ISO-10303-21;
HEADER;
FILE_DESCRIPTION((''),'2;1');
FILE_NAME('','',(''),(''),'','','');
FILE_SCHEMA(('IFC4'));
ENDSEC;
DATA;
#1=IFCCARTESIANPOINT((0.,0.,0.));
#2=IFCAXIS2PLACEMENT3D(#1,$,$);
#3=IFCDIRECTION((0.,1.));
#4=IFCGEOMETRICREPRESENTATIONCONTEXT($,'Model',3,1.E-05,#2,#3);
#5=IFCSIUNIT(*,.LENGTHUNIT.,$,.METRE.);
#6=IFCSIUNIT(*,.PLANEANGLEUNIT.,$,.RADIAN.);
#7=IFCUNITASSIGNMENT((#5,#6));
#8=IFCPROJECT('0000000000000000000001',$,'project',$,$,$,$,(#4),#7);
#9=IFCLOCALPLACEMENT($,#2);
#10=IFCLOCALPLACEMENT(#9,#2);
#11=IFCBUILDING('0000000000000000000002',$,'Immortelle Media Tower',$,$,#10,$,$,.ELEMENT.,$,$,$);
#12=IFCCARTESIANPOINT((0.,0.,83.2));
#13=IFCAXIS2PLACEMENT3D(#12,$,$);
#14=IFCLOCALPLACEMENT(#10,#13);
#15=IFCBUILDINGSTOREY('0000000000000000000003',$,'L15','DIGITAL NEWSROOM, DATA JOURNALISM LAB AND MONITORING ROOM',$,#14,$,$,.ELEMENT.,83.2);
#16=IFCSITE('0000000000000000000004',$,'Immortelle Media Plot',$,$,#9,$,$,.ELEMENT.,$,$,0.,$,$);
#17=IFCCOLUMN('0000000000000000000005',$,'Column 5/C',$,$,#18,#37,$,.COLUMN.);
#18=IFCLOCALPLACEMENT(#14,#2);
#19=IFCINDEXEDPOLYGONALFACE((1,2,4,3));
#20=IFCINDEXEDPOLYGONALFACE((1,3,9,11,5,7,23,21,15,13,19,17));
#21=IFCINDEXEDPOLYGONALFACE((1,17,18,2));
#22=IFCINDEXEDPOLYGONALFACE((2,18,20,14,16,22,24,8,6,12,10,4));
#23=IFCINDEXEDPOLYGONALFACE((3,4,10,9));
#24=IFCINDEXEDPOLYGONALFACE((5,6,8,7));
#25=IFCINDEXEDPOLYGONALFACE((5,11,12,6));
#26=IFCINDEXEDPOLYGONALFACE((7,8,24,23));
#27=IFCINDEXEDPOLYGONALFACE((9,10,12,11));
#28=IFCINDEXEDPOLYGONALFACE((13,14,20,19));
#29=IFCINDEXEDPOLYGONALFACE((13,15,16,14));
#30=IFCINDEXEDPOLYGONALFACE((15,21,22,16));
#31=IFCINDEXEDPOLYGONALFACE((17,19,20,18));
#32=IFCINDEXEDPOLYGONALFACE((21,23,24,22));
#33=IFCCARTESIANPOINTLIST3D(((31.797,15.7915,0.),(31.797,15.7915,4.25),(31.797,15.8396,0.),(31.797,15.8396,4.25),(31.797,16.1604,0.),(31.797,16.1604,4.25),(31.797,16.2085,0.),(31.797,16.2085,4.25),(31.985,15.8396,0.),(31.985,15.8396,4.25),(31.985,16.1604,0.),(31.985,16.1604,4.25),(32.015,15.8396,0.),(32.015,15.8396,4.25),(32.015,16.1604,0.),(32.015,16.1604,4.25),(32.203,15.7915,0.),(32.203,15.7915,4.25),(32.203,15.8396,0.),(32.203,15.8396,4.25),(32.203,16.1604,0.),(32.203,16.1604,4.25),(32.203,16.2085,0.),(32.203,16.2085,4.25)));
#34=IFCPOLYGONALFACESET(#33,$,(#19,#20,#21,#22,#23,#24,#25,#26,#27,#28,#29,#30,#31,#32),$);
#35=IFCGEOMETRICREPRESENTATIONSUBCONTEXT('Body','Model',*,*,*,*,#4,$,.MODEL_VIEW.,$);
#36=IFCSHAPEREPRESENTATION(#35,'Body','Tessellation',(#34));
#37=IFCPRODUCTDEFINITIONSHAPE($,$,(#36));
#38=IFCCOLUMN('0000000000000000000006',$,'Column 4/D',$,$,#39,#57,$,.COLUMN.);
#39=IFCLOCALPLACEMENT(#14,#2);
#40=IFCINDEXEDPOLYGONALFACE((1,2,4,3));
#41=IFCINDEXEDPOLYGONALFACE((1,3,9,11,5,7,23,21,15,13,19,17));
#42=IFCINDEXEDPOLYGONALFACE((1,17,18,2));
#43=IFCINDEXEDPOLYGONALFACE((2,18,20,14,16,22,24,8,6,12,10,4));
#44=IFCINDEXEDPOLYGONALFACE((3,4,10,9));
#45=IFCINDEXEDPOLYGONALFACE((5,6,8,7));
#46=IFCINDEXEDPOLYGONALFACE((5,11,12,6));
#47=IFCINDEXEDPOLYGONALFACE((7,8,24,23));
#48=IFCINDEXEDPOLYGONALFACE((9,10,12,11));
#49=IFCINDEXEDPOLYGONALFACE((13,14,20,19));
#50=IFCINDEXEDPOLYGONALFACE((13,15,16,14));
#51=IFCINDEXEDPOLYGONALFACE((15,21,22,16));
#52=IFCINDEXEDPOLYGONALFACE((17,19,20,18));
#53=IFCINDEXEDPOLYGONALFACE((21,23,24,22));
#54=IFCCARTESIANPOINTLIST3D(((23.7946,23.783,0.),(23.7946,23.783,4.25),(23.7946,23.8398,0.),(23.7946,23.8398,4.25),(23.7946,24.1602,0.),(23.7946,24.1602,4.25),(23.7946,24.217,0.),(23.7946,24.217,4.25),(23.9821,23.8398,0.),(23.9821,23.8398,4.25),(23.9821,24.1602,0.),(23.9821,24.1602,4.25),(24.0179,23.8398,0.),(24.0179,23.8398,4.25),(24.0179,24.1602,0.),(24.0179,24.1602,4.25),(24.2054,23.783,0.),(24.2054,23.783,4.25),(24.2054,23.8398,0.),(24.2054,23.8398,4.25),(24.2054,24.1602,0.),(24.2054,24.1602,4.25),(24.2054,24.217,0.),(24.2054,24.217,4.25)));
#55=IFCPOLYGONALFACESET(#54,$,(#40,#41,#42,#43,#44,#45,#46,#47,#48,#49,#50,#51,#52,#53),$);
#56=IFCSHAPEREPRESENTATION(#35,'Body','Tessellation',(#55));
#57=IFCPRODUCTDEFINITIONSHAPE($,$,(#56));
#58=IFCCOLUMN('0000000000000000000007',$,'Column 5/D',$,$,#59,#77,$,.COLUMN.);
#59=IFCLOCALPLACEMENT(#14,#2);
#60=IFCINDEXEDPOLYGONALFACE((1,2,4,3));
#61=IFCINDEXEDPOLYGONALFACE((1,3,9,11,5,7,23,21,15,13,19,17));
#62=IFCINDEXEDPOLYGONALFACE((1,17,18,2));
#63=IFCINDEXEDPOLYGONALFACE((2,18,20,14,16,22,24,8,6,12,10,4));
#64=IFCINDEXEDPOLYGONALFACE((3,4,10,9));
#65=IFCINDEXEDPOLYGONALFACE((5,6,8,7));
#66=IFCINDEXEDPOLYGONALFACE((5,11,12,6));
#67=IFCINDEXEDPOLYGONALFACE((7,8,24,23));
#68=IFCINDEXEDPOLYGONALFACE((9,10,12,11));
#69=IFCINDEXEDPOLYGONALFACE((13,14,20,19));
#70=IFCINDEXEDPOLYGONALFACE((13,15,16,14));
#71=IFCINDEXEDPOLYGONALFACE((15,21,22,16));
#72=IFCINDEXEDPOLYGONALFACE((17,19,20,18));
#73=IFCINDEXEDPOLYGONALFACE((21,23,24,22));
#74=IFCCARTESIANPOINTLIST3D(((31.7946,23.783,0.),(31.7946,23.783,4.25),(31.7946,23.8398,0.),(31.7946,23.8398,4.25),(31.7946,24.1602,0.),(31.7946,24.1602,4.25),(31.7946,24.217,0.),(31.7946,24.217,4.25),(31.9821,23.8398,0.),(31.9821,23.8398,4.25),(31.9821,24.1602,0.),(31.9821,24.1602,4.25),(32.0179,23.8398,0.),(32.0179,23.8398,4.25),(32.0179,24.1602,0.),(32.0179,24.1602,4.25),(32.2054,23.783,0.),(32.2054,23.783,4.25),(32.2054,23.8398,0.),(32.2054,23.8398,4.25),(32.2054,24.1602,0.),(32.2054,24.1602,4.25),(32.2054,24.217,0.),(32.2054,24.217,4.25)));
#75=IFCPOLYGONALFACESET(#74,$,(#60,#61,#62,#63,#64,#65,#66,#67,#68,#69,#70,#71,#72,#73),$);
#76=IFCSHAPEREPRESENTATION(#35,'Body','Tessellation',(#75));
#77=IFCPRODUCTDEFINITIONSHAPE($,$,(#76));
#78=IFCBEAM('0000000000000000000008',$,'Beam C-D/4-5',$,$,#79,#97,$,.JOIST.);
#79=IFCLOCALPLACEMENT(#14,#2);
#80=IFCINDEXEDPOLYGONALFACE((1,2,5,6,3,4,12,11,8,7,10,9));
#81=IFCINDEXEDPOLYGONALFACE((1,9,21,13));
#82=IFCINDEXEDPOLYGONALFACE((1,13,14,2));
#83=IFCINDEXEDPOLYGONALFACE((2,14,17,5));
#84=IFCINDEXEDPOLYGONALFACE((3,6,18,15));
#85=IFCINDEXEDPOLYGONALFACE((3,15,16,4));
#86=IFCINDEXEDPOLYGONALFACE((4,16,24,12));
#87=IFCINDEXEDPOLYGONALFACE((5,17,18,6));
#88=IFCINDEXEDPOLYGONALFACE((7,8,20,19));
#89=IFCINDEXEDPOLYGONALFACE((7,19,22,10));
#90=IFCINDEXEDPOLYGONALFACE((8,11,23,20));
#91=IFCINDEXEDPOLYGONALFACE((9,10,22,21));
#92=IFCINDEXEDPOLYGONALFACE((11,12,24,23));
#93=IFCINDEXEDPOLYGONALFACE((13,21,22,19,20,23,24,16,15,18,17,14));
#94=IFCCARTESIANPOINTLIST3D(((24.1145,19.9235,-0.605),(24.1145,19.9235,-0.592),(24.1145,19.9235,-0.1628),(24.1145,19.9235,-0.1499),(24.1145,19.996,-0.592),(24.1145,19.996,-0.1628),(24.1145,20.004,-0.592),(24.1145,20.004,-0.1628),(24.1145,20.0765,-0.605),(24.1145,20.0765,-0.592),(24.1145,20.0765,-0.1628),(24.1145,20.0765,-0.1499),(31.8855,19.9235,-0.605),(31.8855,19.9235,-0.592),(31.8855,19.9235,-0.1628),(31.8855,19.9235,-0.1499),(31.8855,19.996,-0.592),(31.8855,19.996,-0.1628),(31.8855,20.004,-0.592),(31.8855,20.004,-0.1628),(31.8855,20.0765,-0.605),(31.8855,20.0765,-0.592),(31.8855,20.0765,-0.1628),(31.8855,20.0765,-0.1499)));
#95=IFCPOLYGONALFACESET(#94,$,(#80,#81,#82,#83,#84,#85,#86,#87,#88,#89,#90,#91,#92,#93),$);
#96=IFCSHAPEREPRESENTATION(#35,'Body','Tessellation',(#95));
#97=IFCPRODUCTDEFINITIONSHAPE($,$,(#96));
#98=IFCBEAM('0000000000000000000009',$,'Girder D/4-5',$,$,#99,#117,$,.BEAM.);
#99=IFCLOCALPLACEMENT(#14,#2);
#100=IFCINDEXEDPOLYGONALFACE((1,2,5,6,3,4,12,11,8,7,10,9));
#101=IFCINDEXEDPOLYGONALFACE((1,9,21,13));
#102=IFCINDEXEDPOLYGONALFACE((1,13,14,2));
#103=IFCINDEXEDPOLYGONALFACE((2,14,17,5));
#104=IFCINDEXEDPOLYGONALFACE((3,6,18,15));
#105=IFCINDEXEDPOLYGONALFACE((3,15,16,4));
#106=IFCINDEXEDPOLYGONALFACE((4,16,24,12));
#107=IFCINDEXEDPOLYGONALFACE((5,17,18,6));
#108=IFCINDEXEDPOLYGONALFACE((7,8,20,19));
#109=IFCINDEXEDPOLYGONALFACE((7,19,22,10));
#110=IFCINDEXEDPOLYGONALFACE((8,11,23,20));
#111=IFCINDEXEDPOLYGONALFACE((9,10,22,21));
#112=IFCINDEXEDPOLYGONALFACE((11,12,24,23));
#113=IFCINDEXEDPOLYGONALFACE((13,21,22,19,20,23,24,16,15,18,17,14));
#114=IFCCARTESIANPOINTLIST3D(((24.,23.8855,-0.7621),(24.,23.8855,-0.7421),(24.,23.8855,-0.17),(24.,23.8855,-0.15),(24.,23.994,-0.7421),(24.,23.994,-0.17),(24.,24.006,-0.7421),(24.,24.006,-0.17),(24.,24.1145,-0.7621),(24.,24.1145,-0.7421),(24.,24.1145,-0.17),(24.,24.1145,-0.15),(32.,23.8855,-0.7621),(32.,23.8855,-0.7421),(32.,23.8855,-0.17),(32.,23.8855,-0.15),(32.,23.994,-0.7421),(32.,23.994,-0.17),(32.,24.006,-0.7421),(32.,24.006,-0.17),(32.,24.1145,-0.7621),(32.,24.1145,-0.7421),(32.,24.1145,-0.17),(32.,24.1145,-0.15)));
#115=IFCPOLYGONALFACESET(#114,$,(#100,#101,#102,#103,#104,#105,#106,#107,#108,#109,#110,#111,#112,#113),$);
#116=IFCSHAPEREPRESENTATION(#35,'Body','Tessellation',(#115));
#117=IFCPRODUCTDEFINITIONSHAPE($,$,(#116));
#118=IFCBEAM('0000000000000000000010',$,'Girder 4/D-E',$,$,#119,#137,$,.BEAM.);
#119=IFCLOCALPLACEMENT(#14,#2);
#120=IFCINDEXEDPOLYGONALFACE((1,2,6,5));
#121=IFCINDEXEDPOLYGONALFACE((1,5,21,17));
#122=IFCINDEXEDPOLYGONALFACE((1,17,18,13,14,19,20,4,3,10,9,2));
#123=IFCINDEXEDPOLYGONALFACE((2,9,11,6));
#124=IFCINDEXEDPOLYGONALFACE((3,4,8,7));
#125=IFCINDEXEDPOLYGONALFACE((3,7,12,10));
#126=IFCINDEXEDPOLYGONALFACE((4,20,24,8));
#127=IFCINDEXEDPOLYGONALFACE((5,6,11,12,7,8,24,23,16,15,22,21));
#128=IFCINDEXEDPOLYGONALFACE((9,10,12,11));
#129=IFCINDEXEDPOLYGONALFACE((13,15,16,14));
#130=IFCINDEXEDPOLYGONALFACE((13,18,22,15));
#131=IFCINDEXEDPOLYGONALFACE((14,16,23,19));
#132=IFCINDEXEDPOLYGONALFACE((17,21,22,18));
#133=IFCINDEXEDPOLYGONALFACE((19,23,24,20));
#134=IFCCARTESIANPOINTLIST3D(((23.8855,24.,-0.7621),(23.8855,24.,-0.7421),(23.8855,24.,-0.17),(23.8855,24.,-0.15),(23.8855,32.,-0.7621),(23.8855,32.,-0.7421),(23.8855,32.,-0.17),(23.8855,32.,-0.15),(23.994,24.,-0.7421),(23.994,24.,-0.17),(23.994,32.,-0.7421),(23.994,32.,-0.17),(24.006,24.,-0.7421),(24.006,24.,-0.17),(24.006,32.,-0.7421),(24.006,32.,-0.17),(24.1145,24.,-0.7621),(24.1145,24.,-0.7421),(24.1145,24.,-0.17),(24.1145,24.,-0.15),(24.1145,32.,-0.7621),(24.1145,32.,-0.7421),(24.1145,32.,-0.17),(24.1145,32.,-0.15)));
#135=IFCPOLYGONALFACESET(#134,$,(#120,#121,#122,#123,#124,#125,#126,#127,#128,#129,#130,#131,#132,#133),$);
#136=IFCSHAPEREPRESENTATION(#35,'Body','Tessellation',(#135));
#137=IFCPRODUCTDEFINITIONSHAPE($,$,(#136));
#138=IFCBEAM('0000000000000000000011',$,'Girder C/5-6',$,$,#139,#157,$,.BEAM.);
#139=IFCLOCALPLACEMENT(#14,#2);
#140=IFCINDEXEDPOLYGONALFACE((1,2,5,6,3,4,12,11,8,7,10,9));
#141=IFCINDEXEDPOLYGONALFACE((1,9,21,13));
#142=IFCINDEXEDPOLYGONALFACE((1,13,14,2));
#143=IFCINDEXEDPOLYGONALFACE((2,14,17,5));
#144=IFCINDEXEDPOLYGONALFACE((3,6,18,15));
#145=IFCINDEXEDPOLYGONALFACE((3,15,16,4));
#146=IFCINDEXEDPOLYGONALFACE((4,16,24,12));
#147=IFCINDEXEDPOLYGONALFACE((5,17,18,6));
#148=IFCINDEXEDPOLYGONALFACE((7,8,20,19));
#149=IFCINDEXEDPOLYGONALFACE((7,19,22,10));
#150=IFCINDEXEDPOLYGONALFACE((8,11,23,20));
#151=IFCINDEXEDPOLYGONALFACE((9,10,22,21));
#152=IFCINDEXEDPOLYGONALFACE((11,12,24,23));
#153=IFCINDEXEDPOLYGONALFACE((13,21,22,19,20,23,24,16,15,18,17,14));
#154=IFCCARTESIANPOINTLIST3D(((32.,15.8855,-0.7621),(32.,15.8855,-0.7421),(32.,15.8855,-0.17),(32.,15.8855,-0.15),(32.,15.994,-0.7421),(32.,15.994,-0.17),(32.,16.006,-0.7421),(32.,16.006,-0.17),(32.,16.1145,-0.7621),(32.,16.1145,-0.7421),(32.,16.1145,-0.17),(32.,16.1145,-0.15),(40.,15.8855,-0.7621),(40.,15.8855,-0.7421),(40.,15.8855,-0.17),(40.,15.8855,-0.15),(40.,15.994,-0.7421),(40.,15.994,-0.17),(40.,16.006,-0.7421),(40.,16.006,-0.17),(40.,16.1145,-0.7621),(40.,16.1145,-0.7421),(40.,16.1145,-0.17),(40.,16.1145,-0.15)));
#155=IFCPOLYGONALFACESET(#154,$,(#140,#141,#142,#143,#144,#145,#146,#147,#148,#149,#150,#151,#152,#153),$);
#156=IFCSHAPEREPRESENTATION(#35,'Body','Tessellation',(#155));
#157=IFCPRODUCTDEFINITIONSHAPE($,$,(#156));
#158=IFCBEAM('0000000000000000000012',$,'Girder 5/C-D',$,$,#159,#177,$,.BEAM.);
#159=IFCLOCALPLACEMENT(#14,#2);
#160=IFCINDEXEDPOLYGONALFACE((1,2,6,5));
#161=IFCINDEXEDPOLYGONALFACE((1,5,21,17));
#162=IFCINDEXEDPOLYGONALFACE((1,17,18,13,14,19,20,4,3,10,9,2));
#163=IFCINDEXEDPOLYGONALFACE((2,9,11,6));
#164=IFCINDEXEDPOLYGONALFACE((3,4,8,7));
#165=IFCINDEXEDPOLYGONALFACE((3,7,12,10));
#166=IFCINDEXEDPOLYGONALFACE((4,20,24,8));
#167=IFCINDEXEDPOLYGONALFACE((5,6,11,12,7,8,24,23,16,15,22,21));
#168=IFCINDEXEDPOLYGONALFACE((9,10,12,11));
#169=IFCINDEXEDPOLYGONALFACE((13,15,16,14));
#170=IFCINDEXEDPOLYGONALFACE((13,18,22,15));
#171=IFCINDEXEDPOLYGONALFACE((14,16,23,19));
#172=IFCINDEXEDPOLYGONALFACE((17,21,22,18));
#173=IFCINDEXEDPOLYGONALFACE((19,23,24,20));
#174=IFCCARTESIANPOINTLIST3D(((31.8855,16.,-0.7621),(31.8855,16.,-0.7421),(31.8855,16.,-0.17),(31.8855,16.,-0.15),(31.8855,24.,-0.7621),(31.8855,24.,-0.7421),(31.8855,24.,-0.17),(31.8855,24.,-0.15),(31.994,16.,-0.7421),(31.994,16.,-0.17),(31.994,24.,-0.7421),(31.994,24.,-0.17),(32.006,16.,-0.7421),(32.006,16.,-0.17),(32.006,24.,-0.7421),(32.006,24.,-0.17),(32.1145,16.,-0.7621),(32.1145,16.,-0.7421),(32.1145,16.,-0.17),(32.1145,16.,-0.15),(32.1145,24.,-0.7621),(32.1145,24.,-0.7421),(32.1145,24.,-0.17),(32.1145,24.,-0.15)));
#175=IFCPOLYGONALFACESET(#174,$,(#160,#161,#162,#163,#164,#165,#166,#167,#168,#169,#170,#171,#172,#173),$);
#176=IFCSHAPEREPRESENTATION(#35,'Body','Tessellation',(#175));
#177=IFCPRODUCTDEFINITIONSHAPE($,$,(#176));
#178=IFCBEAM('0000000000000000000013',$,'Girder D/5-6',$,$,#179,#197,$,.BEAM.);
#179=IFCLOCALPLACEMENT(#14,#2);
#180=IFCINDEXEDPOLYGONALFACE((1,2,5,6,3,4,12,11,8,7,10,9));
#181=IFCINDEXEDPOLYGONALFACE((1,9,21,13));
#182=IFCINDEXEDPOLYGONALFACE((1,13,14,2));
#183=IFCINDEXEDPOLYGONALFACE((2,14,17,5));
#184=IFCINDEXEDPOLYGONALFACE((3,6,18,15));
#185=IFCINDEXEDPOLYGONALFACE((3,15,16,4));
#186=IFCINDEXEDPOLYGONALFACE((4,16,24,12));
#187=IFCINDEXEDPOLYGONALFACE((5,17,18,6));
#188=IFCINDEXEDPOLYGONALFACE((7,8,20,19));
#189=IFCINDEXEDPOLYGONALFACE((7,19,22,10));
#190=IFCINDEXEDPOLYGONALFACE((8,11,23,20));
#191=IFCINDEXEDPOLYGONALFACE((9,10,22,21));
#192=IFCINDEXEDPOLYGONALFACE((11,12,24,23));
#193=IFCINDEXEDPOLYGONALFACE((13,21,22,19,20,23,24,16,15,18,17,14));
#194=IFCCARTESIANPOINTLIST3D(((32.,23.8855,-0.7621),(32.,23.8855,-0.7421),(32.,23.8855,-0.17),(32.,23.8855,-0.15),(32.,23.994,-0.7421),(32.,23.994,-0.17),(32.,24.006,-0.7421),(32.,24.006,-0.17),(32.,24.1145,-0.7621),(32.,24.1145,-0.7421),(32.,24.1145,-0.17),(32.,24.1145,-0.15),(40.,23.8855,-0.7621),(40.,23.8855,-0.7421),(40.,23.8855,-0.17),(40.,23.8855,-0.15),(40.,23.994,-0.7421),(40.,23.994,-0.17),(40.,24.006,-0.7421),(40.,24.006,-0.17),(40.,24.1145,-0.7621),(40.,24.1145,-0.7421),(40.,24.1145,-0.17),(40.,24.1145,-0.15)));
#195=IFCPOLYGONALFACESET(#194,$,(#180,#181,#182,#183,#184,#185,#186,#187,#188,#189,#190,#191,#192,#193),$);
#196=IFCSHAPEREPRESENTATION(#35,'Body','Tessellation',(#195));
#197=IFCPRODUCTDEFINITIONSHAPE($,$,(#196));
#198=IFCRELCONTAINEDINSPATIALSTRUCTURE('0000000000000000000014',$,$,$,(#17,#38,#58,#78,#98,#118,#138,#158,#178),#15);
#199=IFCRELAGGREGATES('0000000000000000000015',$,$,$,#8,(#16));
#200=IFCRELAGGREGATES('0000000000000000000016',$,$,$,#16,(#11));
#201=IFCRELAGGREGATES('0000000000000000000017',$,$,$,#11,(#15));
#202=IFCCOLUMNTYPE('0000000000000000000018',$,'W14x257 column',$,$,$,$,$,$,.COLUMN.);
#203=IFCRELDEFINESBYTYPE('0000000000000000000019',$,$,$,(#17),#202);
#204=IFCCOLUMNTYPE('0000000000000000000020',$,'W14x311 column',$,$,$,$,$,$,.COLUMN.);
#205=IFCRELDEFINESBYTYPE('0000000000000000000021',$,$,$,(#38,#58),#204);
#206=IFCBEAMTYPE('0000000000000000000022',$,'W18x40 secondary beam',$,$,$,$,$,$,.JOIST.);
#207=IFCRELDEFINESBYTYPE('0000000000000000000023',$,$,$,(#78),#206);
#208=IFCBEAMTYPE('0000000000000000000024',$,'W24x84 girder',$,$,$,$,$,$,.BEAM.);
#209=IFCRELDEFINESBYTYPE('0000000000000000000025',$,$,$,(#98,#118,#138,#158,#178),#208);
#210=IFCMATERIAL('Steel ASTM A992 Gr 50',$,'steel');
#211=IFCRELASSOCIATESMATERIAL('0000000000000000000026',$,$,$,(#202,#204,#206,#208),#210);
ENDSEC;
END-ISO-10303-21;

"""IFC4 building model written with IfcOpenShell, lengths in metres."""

from ifc_helpers import new_model, si_unit, direction, frame, origin, origin_2d, place, context, subcontext, project, spatial, i_section, extrude, material, material_profile, profile_set, type_object, element, save


model = new_model("IFC4")

# Units and contexts
model_context = context("Model", 3, precision=1e-05, world=origin(), true_north=direction((0.0, 1.0)))
body_context = subcontext(model_context, "Body", "Model", "MODEL_VIEW")
ifc_project = project(units=[si_unit("LENGTHUNIT", "METRE"), si_unit("PLANEANGLEUNIT", "RADIAN")], contexts=[model_context])

# Site, building, storey
site_placement = place(None, origin())
site = spatial("IfcSite", under=ifc_project, at=site_placement, Name="Immortelle Media Plot", CompositionType="ELEMENT", RefElevation=0.0)
building_placement = place(site_placement, origin())
building = spatial("IfcBuilding", under=site, at=building_placement, Name="Immortelle Media Tower", CompositionType="ELEMENT")
storey_placement = place(building_placement, frame((0.0, 0.0, 83.2)))
storey = spatial("IfcBuildingStorey", under=building, at=storey_placement, Name="L15", Description="DIGITAL NEWSROOM, DATA JOURNALISM LAB AND MONITORING ROOM", CompositionType="ELEMENT", Elevation=83.2)

# Columns
ifc_material_1 = material(Name="Steel ASTM A992 Gr 50", Category="steel")
ifc_material_profile_1 = material_profile(ifc_material_1, i_section(OverallWidth=0.406, OverallDepth=0.417, WebThickness=0.03, FlangeThickness=0.0481, at=origin_2d()), Name="W14x257")
ifc_profile_set_1 = profile_set([ifc_material_profile_1], Name="Steel ASTM A992 Gr 50")
column_type_1 = type_object("IfcColumnType", Name="W14x257 column", PredefinedType="COLUMN", material=ifc_profile_set_1)
column_placement = place(storey_placement, frame((32.0, 16.0, 0.0), z_axis=(0.0, 0.0, 1.0), x_axis=(1.0, 0.0, 0.0)))
element("IfcColumn", 1, at=column_placement, inside=storey, type_object=column_type_1, Name="Column 5/C", PredefinedType="COLUMN", context=body_context, shape_type="SweptSolid", body=[
    extrude(i_section(OverallWidth=0.406, OverallDepth=0.417, WebThickness=0.03, FlangeThickness=0.0481, at=origin_2d()), origin(), (0.0, 0.0, 1.0), 4.25),
])
ifc_material_profile_2 = material_profile(ifc_material_1, i_section(OverallWidth=0.4109, OverallDepth=0.4341, WebThickness=0.0359, FlangeThickness=0.0569, at=origin_2d()), Name="W14x311")
ifc_profile_set_2 = profile_set([ifc_material_profile_2], Name="Steel ASTM A992 Gr 50")
column_type_2 = type_object("IfcColumnType", Name="W14x311 column", PredefinedType="COLUMN", material=ifc_profile_set_2)
for number, where, z_axis, x_axis, name in (
    (2, (24.0, 24.0, 0.0), (0.0, 0.0, 1.0), (1.0, 0.0, 0.0), "Column 4/D"),
    (3, (32.0, 24.0, 0.0), (0.0, 0.0, 1.0), (1.0, 0.0, 0.0), "Column 5/D"),
):
    element("IfcColumn", number, at=place(storey_placement, frame(where, z_axis=z_axis, x_axis=x_axis)), inside=storey, type_object=column_type_2, Name=name, PredefinedType="COLUMN", context=body_context, shape_type="SweptSolid", body=[
        extrude(i_section(OverallWidth=0.4109, OverallDepth=0.4341, WebThickness=0.0359, FlangeThickness=0.0569, at=origin_2d()), origin(), (0.0, 0.0, 1.0), 4.25),
    ])

# Beams
ifc_material_profile_3 = material_profile(ifc_material_1, i_section(OverallWidth=0.1531, OverallDepth=0.4551, WebThickness=0.0081, FlangeThickness=0.0129, at=origin_2d()), Name="W18x40")
ifc_profile_set_3 = profile_set([ifc_material_profile_3], Name="Steel ASTM A992 Gr 50")
beam_type_1 = type_object("IfcBeamType", Name="W18x40 secondary beam", PredefinedType="JOIST", material=ifc_profile_set_3)
beam_placement = place(storey_placement, frame((24.1145, 20.0, -0.3774), z_axis=(1.0, 0.0, 0.0), x_axis=(0.0, 1.0, 0.0)))
element("IfcBeam", 4, at=beam_placement, inside=storey, type_object=beam_type_1, Name="Beam C-D/4-5", PredefinedType="JOIST", context=body_context, shape_type="SweptSolid", body=[
    extrude(i_section(OverallWidth=0.1531, OverallDepth=0.4551, WebThickness=0.0081, FlangeThickness=0.0129, at=origin_2d()), origin(), (0.0, 0.0, 1.0), 7.771),
])
ifc_material_profile_4 = material_profile(ifc_material_1, i_section(OverallWidth=0.229, OverallDepth=0.6121, WebThickness=0.012, FlangeThickness=0.02, at=origin_2d()), Name="W24x84")
ifc_profile_set_4 = profile_set([ifc_material_profile_4], Name="Steel ASTM A992 Gr 50")
beam_type_2 = type_object("IfcBeamType", Name="W24x84 girder", PredefinedType="BEAM", material=ifc_profile_set_4)
for number, where, z_axis, x_axis, name in (
    (5, (24.0, 24.0, -0.4561), (1.0, 0.0, 0.0), (0.0, 1.0, 0.0), "Girder D/4-5"),
    (6, (24.0, 24.0, -0.4561), (0.0, 1.0, 0.0), (-1.0, 0.0, 0.0), "Girder 4/D-E"),
    (7, (32.0, 16.0, -0.4561), (1.0, 0.0, 0.0), (0.0, 1.0, 0.0), "Girder C/5-6"),
    (8, (32.0, 16.0, -0.4561), (0.0, 1.0, 0.0), (-1.0, 0.0, 0.0), "Girder 5/C-D"),
    (9, (32.0, 24.0, -0.4561), (1.0, 0.0, 0.0), (0.0, 1.0, 0.0), "Girder D/5-6"),
):
    element("IfcBeam", number, at=place(storey_placement, frame(where, z_axis=z_axis, x_axis=x_axis)), inside=storey, type_object=beam_type_2, Name=name, PredefinedType="BEAM", context=body_context, shape_type="SweptSolid", body=[
        extrude(i_section(OverallWidth=0.229, OverallDepth=0.6121, WebThickness=0.012, FlangeThickness=0.02, at=origin_2d()), origin(), (0.0, 0.0, 1.0), 8.0),
    ])

save(model, "model.ifc")
